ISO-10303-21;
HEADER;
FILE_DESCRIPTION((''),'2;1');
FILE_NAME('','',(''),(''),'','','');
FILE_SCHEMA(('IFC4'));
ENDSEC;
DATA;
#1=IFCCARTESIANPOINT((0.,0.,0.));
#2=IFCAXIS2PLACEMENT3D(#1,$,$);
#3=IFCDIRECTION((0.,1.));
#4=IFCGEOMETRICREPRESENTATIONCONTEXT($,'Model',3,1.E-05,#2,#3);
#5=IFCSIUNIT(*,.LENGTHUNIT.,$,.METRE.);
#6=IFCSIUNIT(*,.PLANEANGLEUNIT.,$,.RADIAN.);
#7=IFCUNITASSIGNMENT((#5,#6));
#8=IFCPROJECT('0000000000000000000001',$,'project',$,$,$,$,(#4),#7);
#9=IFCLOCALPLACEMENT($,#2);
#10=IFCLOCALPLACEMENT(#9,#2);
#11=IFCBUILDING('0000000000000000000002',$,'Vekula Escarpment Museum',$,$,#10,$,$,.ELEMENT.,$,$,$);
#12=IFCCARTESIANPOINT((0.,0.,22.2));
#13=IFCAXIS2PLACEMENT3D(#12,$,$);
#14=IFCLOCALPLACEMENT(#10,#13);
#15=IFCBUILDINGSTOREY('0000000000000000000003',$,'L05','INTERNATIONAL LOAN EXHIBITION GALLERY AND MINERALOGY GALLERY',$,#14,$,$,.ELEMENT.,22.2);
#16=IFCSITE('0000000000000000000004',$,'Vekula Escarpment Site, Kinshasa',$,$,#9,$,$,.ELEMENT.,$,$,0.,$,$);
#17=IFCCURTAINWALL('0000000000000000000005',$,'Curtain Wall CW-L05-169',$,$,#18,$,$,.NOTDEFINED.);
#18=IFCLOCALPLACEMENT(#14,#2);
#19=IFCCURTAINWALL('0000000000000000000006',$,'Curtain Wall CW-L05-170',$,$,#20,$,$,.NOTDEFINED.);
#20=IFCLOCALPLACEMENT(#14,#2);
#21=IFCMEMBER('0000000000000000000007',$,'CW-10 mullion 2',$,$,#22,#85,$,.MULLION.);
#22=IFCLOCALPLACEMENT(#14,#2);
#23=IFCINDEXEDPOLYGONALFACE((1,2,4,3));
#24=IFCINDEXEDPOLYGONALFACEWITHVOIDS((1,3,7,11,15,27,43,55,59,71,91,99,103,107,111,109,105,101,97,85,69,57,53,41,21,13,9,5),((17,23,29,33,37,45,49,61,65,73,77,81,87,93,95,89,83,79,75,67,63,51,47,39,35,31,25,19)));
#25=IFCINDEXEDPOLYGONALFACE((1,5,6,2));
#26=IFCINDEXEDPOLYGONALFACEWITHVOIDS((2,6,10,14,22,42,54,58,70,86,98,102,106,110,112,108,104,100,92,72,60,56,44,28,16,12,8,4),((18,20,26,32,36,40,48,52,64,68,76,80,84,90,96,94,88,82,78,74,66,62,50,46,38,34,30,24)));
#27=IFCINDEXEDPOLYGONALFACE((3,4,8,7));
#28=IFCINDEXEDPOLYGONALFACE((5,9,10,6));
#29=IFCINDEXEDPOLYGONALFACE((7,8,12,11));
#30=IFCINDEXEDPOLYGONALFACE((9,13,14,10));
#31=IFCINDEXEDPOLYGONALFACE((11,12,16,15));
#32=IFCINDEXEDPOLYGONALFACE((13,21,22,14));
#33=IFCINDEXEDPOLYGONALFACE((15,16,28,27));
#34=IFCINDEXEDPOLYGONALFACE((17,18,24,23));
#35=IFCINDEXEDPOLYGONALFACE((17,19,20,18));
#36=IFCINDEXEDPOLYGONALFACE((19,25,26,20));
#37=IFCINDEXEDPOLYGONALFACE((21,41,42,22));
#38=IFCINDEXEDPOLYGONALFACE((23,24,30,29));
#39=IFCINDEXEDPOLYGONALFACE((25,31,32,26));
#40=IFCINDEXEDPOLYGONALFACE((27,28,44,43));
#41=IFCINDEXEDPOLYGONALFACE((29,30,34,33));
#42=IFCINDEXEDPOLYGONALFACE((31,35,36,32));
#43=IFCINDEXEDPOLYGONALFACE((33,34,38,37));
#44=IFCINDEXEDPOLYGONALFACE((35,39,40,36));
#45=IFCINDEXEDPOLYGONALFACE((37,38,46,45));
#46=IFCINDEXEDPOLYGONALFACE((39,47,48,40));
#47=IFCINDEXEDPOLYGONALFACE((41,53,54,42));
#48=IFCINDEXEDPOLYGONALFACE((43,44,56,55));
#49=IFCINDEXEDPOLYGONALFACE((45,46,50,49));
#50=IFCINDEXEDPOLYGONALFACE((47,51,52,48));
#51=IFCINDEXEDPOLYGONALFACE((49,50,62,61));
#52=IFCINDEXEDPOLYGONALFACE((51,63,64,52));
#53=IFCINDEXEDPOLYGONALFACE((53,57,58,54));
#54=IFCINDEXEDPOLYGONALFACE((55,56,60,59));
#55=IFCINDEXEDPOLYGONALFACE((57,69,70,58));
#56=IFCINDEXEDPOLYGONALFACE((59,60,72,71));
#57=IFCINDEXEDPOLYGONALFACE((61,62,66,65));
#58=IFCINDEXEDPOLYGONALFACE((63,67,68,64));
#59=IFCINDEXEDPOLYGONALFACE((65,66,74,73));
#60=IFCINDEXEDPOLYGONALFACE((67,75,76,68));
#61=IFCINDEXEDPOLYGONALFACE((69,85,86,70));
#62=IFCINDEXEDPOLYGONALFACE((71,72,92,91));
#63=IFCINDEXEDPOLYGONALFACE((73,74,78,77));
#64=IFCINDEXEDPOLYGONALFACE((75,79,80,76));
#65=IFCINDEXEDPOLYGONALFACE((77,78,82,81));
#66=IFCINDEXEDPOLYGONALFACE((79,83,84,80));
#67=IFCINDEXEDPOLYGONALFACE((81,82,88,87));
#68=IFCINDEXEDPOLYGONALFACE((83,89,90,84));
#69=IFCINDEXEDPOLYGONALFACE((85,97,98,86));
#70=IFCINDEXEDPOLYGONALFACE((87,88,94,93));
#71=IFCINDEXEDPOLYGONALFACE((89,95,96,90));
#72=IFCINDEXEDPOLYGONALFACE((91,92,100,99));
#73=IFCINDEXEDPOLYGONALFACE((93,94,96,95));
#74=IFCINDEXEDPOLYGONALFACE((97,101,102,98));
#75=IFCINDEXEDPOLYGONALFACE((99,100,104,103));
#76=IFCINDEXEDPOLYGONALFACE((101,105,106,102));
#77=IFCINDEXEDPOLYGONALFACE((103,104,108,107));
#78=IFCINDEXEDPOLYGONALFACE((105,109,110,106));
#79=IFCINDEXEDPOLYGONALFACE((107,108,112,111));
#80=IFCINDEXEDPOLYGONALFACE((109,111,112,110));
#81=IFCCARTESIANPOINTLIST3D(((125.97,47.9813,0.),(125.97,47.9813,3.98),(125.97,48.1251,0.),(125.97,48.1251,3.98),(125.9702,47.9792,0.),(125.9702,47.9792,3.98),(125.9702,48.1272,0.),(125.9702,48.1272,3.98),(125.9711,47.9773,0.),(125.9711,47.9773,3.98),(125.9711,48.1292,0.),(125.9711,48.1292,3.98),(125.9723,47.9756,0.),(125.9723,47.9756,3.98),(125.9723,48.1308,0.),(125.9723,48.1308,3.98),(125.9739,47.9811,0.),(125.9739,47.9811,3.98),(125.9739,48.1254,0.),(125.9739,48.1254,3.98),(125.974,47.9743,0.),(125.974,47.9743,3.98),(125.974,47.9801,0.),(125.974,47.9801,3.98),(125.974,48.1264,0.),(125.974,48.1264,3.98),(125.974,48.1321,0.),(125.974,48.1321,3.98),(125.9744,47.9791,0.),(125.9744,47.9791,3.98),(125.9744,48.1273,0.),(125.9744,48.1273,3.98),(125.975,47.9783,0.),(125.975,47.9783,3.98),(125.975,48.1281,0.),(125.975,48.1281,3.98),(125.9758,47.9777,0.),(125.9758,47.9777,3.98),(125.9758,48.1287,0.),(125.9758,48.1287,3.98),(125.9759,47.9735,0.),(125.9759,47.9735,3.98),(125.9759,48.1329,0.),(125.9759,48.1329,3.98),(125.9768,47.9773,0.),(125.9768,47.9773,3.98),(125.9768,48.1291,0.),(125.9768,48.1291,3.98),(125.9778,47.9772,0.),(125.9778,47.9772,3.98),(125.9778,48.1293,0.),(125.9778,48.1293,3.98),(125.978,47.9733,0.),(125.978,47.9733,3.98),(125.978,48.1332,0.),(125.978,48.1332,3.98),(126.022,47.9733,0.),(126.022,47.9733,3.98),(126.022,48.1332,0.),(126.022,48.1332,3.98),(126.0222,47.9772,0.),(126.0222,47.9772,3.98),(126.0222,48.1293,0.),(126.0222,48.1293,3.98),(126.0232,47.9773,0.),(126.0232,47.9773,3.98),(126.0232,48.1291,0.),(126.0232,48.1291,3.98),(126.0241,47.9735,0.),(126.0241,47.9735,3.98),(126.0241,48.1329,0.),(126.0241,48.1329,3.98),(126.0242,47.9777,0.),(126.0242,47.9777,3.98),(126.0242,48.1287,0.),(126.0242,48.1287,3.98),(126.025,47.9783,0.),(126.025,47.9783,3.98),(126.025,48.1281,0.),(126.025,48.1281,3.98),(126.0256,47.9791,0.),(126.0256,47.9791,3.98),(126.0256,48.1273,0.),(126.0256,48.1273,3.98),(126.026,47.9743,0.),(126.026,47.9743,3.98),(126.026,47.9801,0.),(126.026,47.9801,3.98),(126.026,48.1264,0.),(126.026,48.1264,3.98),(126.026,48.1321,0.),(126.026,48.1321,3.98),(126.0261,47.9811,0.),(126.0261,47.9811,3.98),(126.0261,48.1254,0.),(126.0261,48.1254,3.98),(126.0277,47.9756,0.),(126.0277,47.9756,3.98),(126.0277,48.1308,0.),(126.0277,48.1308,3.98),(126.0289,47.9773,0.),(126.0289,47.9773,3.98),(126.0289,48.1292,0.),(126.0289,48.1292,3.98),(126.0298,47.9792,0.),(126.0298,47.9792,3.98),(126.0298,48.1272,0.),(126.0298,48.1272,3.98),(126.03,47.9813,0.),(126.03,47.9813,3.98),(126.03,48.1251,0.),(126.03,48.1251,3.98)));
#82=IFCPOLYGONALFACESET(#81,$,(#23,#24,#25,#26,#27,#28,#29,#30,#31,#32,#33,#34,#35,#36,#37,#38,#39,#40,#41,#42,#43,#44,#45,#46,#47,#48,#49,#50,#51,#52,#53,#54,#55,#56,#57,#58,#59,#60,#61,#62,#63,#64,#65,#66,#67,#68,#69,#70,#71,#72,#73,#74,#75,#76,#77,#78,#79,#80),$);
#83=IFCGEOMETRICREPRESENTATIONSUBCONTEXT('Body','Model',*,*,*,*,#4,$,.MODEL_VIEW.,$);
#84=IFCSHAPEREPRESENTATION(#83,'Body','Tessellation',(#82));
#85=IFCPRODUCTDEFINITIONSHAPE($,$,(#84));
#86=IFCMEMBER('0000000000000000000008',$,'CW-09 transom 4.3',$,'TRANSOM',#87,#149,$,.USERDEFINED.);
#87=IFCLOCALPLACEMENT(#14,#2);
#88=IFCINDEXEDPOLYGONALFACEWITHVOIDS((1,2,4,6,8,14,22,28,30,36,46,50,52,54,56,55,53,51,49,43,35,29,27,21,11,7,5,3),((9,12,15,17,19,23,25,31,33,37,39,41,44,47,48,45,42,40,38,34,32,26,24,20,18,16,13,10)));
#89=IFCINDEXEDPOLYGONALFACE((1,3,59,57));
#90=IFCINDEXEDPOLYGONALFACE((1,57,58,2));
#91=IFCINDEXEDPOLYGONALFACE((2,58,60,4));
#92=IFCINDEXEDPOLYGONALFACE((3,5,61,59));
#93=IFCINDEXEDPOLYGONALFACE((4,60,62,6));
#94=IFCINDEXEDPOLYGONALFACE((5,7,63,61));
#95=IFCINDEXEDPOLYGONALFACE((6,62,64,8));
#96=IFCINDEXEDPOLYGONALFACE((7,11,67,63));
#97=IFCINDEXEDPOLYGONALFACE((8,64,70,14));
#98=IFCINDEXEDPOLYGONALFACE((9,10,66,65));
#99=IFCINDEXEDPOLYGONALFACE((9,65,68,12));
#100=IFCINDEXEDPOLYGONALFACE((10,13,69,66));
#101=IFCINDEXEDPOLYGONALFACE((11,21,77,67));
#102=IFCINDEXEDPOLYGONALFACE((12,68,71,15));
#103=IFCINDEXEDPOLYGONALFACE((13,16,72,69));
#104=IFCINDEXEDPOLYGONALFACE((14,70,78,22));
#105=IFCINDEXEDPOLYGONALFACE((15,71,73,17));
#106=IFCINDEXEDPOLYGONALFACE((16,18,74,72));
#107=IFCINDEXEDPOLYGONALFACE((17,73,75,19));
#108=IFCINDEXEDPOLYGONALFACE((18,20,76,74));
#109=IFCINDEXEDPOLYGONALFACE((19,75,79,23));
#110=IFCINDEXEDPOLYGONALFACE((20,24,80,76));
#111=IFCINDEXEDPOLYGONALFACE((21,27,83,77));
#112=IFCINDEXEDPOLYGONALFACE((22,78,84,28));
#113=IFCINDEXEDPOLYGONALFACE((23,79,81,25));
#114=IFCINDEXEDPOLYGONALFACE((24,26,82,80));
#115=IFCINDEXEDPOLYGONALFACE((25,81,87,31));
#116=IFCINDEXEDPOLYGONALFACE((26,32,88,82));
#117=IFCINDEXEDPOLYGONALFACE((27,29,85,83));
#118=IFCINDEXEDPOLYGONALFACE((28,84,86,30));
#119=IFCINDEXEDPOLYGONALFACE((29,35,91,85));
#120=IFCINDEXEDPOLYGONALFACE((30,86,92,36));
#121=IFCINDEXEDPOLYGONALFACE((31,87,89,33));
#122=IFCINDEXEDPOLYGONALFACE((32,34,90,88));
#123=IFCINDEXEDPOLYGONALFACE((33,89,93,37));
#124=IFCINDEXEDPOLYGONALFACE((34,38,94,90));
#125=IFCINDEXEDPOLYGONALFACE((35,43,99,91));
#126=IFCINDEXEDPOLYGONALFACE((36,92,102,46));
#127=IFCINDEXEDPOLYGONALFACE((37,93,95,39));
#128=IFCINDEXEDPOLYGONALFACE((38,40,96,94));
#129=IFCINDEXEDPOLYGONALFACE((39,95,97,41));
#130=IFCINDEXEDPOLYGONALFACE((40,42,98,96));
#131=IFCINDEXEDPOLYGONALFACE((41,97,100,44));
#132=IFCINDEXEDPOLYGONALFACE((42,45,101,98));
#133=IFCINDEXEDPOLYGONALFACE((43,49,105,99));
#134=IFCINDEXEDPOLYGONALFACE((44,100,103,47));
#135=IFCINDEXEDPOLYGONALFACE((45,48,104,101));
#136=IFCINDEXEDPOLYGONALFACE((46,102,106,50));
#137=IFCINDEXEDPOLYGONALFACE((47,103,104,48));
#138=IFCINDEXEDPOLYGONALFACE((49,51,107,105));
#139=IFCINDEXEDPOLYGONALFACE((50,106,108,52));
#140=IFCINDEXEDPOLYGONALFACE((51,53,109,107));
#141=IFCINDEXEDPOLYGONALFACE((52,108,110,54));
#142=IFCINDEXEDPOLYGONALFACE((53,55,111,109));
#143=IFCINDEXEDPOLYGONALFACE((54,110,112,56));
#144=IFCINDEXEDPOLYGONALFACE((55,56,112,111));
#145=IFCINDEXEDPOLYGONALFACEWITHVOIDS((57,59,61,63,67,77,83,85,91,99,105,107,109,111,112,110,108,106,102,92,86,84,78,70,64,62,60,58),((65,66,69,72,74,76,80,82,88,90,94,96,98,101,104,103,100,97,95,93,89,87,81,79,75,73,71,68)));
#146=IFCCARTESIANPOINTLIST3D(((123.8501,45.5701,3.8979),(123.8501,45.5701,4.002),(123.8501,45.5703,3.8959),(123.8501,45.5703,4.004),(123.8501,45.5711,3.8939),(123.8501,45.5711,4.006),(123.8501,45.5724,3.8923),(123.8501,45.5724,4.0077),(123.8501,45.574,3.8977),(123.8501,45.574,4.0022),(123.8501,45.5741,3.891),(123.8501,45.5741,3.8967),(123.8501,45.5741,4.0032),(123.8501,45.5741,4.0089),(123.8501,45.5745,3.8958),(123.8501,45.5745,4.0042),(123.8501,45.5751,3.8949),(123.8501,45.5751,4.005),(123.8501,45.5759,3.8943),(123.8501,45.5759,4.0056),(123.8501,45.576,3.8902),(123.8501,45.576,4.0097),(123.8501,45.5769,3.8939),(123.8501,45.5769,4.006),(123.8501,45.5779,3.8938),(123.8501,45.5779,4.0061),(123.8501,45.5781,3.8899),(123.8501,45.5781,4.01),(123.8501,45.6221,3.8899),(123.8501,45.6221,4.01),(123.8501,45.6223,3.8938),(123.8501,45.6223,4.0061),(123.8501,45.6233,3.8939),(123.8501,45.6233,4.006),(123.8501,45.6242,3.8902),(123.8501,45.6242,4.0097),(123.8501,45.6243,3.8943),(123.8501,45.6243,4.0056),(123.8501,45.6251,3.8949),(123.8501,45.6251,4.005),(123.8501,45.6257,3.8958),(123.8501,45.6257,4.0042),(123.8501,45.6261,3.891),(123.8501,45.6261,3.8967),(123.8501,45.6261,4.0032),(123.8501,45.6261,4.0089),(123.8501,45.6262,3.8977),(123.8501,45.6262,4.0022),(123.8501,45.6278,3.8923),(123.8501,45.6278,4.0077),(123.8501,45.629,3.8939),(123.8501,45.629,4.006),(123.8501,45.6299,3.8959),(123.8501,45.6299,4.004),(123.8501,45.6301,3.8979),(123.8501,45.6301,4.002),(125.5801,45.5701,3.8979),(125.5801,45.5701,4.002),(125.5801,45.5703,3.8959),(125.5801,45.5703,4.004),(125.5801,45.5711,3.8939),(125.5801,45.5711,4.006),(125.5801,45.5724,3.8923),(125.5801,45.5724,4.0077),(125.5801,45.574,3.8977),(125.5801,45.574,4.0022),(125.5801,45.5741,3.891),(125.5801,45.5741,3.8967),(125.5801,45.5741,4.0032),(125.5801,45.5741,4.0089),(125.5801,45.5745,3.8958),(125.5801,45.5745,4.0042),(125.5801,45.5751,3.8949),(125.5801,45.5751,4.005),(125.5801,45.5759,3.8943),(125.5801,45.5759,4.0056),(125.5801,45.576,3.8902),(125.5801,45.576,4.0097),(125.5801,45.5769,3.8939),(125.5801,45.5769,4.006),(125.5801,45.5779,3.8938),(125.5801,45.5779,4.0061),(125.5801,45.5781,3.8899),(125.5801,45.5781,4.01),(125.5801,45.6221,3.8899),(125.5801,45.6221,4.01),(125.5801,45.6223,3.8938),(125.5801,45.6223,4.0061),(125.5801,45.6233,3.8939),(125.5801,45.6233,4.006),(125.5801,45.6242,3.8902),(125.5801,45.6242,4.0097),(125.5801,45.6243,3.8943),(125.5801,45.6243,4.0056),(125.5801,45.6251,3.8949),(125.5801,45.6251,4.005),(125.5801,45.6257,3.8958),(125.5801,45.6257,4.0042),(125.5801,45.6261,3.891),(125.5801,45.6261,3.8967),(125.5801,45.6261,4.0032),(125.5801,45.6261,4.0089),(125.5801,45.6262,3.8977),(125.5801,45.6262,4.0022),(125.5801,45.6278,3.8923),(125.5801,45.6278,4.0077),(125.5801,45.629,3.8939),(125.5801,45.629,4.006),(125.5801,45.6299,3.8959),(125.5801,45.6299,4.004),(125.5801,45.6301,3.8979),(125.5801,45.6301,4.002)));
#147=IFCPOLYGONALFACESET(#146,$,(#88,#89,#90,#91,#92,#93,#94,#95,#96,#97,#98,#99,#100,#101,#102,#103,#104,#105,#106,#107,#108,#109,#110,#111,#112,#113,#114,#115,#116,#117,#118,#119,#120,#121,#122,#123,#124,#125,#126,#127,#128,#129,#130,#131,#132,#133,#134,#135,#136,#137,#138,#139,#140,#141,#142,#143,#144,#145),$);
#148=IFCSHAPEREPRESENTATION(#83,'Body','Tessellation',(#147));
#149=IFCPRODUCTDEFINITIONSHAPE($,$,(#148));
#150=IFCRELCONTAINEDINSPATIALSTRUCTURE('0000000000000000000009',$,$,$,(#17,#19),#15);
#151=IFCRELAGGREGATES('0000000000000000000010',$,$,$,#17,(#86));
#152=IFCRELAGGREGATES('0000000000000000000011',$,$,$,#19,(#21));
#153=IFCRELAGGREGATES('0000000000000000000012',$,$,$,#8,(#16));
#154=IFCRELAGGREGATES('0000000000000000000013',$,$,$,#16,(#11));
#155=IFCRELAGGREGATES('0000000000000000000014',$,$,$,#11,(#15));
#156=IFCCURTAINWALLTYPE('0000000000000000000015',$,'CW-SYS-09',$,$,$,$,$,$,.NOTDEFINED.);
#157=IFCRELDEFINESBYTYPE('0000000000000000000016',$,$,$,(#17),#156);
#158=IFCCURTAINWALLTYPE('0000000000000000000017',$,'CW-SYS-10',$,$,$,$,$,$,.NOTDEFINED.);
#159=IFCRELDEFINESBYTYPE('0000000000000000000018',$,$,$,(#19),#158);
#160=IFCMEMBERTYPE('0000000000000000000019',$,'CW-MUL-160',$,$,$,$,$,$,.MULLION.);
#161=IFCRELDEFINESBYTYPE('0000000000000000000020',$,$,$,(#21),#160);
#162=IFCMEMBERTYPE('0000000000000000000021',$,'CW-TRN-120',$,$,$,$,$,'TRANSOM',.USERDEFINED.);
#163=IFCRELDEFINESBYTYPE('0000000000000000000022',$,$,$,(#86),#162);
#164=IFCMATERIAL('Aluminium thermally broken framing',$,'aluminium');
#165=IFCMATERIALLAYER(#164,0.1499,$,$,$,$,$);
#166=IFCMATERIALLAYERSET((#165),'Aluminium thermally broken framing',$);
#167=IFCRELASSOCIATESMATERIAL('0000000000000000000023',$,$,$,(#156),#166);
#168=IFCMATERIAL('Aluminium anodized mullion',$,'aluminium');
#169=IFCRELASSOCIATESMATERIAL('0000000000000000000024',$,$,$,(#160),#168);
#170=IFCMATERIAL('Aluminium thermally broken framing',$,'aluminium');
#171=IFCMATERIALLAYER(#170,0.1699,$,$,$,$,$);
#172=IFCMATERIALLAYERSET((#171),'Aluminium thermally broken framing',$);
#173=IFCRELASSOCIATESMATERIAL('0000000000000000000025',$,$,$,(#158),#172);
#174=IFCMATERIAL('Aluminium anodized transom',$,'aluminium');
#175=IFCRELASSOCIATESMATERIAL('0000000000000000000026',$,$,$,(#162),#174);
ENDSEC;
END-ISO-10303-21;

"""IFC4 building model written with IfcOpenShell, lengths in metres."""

from ifc_helpers import new_model, si_unit, direction, frame, origin, origin_2d, place, context, subcontext, project, spatial, hollow_rectangle, extrude, material, layer, layer_set, material_profile, profile_set, type_object, element, aggregate, save


model = new_model("IFC4")

# Units and contexts
model_context = context("Model", 3, precision=1e-05, world=origin(), true_north=direction((0.0, 1.0)))
body_context = subcontext(model_context, "Body", "Model", "MODEL_VIEW")
ifc_project = project(units=[si_unit("LENGTHUNIT", "METRE"), si_unit("PLANEANGLEUNIT", "RADIAN")], contexts=[model_context])

# Site, building, storey
site_placement = place(None, origin())
site = spatial("IfcSite", under=ifc_project, at=site_placement, Name="Vekula Escarpment Site, Kinshasa", CompositionType="ELEMENT", RefElevation=0.0)
building_placement = place(site_placement, origin())
building = spatial("IfcBuilding", under=site, at=building_placement, Name="Vekula Escarpment Museum", CompositionType="ELEMENT")
storey_placement = place(building_placement, frame((0.0, 0.0, 22.2)))
storey = spatial("IfcBuildingStorey", under=building, at=storey_placement, Name="L05", Description="INTERNATIONAL LOAN EXHIBITION GALLERY AND MINERALOGY GALLERY", CompositionType="ELEMENT", Elevation=22.2)

# Curtain wall
ifc_material_1 = material(Name="Aluminium thermally broken framing", Category="aluminium")
ifc_layer_1 = layer(ifc_material_1, 0.1499)
ifc_layer_set_1 = layer_set([ifc_layer_1], Name="Aluminium thermally broken framing")
curtain_wall_type_1 = type_object("IfcCurtainWallType", Name="CW-SYS-09", PredefinedType="NOTDEFINED", material=ifc_layer_set_1)
curtain_wall_1_placement = place(storey_placement, origin())
curtain_wall_1 = element("IfcCurtainWall", 1, at=curtain_wall_1_placement, inside=storey, type_object=curtain_wall_type_1, Name="Curtain Wall CW-L05-169", PredefinedType="NOTDEFINED")
ifc_material_2 = material(Name="Aluminium anodized mullion", Category="aluminium")
ifc_material_profile_1 = material_profile(ifc_material_2, hollow_rectangle(XDim=0.0601, YDim=0.1599, WallThickness=0.0039, InnerFilletRadius=0.0039, OuterFilletRadius=0.0081, at=origin_2d()), Name="ALU 160x60x4")
ifc_profile_set_1 = profile_set([ifc_material_profile_1], Name="Aluminium anodized mullion")
member_type_1 = type_object("IfcMemberType", Name="CW-MUL-160", PredefinedType="MULLION", material=ifc_profile_set_1)

# Curtain wall, member
ifc_material_3 = material(Name="Aluminium thermally broken framing", Category="aluminium")
ifc_layer_2 = layer(ifc_material_3, 0.1699)
ifc_layer_set_2 = layer_set([ifc_layer_2], Name="Aluminium thermally broken framing")
curtain_wall_type_2 = type_object("IfcCurtainWallType", Name="CW-SYS-10", PredefinedType="NOTDEFINED", material=ifc_layer_set_2)
curtain_wall_2_placement = place(storey_placement, origin())
curtain_wall_2 = element("IfcCurtainWall", 2, at=curtain_wall_2_placement, inside=storey, type_object=curtain_wall_type_2, Name="Curtain Wall CW-L05-170", PredefinedType="NOTDEFINED")
member_1_placement = place(storey_placement, frame((126.0, 48.0532, 0.0), z_axis=(0.0, 0.0, 1.0), x_axis=(-1.0, 0.0, 0.0)))
member_1 = element("IfcMember", 3, at=member_1_placement, type_object=member_type_1, Name="CW-10 mullion 2", PredefinedType="MULLION", context=body_context, shape_type="SweptSolid", body=[
    extrude(hollow_rectangle(XDim=0.0601, YDim=0.1599, WallThickness=0.0039, InnerFilletRadius=0.0039, OuterFilletRadius=0.0081, at=origin_2d()), origin(), (0.0, 0.0, 1.0), 3.98),
])

# Member
ifc_material_4 = material(Name="Aluminium anodized transom", Category="aluminium")
ifc_material_profile_2 = material_profile(ifc_material_4, hollow_rectangle(XDim=0.0601, YDim=0.1201, WallThickness=0.0039, InnerFilletRadius=0.0039, OuterFilletRadius=0.0081, at=origin_2d()), Name="ALU 120x60x4")
ifc_profile_set_2 = profile_set([ifc_material_profile_2], Name="Aluminium anodized transom")
member_type_2 = type_object("IfcMemberType", Name="CW-TRN-120", ElementType="TRANSOM", PredefinedType="USERDEFINED", material=ifc_profile_set_2)
member_2_placement = place(storey_placement, frame((123.8501, 45.6001, 3.95), z_axis=(1.0, 0.0, 0.0), x_axis=(0.0, 1.0, 0.0)))
member_2 = element("IfcMember", 4, at=member_2_placement, type_object=member_type_2, Name="CW-09 transom 4.3", ObjectType="TRANSOM", PredefinedType="USERDEFINED", context=body_context, shape_type="SweptSolid", body=[
    extrude(hollow_rectangle(XDim=0.0601, YDim=0.1201, WallThickness=0.0039, InnerFilletRadius=0.0039, OuterFilletRadius=0.0081, at=origin_2d()), origin(), (0.0, 0.0, 1.0), 1.73),
])

aggregate(curtain_wall_1, [member_2])
aggregate(curtain_wall_2, [member_1])

save(model, "model.ifc")
